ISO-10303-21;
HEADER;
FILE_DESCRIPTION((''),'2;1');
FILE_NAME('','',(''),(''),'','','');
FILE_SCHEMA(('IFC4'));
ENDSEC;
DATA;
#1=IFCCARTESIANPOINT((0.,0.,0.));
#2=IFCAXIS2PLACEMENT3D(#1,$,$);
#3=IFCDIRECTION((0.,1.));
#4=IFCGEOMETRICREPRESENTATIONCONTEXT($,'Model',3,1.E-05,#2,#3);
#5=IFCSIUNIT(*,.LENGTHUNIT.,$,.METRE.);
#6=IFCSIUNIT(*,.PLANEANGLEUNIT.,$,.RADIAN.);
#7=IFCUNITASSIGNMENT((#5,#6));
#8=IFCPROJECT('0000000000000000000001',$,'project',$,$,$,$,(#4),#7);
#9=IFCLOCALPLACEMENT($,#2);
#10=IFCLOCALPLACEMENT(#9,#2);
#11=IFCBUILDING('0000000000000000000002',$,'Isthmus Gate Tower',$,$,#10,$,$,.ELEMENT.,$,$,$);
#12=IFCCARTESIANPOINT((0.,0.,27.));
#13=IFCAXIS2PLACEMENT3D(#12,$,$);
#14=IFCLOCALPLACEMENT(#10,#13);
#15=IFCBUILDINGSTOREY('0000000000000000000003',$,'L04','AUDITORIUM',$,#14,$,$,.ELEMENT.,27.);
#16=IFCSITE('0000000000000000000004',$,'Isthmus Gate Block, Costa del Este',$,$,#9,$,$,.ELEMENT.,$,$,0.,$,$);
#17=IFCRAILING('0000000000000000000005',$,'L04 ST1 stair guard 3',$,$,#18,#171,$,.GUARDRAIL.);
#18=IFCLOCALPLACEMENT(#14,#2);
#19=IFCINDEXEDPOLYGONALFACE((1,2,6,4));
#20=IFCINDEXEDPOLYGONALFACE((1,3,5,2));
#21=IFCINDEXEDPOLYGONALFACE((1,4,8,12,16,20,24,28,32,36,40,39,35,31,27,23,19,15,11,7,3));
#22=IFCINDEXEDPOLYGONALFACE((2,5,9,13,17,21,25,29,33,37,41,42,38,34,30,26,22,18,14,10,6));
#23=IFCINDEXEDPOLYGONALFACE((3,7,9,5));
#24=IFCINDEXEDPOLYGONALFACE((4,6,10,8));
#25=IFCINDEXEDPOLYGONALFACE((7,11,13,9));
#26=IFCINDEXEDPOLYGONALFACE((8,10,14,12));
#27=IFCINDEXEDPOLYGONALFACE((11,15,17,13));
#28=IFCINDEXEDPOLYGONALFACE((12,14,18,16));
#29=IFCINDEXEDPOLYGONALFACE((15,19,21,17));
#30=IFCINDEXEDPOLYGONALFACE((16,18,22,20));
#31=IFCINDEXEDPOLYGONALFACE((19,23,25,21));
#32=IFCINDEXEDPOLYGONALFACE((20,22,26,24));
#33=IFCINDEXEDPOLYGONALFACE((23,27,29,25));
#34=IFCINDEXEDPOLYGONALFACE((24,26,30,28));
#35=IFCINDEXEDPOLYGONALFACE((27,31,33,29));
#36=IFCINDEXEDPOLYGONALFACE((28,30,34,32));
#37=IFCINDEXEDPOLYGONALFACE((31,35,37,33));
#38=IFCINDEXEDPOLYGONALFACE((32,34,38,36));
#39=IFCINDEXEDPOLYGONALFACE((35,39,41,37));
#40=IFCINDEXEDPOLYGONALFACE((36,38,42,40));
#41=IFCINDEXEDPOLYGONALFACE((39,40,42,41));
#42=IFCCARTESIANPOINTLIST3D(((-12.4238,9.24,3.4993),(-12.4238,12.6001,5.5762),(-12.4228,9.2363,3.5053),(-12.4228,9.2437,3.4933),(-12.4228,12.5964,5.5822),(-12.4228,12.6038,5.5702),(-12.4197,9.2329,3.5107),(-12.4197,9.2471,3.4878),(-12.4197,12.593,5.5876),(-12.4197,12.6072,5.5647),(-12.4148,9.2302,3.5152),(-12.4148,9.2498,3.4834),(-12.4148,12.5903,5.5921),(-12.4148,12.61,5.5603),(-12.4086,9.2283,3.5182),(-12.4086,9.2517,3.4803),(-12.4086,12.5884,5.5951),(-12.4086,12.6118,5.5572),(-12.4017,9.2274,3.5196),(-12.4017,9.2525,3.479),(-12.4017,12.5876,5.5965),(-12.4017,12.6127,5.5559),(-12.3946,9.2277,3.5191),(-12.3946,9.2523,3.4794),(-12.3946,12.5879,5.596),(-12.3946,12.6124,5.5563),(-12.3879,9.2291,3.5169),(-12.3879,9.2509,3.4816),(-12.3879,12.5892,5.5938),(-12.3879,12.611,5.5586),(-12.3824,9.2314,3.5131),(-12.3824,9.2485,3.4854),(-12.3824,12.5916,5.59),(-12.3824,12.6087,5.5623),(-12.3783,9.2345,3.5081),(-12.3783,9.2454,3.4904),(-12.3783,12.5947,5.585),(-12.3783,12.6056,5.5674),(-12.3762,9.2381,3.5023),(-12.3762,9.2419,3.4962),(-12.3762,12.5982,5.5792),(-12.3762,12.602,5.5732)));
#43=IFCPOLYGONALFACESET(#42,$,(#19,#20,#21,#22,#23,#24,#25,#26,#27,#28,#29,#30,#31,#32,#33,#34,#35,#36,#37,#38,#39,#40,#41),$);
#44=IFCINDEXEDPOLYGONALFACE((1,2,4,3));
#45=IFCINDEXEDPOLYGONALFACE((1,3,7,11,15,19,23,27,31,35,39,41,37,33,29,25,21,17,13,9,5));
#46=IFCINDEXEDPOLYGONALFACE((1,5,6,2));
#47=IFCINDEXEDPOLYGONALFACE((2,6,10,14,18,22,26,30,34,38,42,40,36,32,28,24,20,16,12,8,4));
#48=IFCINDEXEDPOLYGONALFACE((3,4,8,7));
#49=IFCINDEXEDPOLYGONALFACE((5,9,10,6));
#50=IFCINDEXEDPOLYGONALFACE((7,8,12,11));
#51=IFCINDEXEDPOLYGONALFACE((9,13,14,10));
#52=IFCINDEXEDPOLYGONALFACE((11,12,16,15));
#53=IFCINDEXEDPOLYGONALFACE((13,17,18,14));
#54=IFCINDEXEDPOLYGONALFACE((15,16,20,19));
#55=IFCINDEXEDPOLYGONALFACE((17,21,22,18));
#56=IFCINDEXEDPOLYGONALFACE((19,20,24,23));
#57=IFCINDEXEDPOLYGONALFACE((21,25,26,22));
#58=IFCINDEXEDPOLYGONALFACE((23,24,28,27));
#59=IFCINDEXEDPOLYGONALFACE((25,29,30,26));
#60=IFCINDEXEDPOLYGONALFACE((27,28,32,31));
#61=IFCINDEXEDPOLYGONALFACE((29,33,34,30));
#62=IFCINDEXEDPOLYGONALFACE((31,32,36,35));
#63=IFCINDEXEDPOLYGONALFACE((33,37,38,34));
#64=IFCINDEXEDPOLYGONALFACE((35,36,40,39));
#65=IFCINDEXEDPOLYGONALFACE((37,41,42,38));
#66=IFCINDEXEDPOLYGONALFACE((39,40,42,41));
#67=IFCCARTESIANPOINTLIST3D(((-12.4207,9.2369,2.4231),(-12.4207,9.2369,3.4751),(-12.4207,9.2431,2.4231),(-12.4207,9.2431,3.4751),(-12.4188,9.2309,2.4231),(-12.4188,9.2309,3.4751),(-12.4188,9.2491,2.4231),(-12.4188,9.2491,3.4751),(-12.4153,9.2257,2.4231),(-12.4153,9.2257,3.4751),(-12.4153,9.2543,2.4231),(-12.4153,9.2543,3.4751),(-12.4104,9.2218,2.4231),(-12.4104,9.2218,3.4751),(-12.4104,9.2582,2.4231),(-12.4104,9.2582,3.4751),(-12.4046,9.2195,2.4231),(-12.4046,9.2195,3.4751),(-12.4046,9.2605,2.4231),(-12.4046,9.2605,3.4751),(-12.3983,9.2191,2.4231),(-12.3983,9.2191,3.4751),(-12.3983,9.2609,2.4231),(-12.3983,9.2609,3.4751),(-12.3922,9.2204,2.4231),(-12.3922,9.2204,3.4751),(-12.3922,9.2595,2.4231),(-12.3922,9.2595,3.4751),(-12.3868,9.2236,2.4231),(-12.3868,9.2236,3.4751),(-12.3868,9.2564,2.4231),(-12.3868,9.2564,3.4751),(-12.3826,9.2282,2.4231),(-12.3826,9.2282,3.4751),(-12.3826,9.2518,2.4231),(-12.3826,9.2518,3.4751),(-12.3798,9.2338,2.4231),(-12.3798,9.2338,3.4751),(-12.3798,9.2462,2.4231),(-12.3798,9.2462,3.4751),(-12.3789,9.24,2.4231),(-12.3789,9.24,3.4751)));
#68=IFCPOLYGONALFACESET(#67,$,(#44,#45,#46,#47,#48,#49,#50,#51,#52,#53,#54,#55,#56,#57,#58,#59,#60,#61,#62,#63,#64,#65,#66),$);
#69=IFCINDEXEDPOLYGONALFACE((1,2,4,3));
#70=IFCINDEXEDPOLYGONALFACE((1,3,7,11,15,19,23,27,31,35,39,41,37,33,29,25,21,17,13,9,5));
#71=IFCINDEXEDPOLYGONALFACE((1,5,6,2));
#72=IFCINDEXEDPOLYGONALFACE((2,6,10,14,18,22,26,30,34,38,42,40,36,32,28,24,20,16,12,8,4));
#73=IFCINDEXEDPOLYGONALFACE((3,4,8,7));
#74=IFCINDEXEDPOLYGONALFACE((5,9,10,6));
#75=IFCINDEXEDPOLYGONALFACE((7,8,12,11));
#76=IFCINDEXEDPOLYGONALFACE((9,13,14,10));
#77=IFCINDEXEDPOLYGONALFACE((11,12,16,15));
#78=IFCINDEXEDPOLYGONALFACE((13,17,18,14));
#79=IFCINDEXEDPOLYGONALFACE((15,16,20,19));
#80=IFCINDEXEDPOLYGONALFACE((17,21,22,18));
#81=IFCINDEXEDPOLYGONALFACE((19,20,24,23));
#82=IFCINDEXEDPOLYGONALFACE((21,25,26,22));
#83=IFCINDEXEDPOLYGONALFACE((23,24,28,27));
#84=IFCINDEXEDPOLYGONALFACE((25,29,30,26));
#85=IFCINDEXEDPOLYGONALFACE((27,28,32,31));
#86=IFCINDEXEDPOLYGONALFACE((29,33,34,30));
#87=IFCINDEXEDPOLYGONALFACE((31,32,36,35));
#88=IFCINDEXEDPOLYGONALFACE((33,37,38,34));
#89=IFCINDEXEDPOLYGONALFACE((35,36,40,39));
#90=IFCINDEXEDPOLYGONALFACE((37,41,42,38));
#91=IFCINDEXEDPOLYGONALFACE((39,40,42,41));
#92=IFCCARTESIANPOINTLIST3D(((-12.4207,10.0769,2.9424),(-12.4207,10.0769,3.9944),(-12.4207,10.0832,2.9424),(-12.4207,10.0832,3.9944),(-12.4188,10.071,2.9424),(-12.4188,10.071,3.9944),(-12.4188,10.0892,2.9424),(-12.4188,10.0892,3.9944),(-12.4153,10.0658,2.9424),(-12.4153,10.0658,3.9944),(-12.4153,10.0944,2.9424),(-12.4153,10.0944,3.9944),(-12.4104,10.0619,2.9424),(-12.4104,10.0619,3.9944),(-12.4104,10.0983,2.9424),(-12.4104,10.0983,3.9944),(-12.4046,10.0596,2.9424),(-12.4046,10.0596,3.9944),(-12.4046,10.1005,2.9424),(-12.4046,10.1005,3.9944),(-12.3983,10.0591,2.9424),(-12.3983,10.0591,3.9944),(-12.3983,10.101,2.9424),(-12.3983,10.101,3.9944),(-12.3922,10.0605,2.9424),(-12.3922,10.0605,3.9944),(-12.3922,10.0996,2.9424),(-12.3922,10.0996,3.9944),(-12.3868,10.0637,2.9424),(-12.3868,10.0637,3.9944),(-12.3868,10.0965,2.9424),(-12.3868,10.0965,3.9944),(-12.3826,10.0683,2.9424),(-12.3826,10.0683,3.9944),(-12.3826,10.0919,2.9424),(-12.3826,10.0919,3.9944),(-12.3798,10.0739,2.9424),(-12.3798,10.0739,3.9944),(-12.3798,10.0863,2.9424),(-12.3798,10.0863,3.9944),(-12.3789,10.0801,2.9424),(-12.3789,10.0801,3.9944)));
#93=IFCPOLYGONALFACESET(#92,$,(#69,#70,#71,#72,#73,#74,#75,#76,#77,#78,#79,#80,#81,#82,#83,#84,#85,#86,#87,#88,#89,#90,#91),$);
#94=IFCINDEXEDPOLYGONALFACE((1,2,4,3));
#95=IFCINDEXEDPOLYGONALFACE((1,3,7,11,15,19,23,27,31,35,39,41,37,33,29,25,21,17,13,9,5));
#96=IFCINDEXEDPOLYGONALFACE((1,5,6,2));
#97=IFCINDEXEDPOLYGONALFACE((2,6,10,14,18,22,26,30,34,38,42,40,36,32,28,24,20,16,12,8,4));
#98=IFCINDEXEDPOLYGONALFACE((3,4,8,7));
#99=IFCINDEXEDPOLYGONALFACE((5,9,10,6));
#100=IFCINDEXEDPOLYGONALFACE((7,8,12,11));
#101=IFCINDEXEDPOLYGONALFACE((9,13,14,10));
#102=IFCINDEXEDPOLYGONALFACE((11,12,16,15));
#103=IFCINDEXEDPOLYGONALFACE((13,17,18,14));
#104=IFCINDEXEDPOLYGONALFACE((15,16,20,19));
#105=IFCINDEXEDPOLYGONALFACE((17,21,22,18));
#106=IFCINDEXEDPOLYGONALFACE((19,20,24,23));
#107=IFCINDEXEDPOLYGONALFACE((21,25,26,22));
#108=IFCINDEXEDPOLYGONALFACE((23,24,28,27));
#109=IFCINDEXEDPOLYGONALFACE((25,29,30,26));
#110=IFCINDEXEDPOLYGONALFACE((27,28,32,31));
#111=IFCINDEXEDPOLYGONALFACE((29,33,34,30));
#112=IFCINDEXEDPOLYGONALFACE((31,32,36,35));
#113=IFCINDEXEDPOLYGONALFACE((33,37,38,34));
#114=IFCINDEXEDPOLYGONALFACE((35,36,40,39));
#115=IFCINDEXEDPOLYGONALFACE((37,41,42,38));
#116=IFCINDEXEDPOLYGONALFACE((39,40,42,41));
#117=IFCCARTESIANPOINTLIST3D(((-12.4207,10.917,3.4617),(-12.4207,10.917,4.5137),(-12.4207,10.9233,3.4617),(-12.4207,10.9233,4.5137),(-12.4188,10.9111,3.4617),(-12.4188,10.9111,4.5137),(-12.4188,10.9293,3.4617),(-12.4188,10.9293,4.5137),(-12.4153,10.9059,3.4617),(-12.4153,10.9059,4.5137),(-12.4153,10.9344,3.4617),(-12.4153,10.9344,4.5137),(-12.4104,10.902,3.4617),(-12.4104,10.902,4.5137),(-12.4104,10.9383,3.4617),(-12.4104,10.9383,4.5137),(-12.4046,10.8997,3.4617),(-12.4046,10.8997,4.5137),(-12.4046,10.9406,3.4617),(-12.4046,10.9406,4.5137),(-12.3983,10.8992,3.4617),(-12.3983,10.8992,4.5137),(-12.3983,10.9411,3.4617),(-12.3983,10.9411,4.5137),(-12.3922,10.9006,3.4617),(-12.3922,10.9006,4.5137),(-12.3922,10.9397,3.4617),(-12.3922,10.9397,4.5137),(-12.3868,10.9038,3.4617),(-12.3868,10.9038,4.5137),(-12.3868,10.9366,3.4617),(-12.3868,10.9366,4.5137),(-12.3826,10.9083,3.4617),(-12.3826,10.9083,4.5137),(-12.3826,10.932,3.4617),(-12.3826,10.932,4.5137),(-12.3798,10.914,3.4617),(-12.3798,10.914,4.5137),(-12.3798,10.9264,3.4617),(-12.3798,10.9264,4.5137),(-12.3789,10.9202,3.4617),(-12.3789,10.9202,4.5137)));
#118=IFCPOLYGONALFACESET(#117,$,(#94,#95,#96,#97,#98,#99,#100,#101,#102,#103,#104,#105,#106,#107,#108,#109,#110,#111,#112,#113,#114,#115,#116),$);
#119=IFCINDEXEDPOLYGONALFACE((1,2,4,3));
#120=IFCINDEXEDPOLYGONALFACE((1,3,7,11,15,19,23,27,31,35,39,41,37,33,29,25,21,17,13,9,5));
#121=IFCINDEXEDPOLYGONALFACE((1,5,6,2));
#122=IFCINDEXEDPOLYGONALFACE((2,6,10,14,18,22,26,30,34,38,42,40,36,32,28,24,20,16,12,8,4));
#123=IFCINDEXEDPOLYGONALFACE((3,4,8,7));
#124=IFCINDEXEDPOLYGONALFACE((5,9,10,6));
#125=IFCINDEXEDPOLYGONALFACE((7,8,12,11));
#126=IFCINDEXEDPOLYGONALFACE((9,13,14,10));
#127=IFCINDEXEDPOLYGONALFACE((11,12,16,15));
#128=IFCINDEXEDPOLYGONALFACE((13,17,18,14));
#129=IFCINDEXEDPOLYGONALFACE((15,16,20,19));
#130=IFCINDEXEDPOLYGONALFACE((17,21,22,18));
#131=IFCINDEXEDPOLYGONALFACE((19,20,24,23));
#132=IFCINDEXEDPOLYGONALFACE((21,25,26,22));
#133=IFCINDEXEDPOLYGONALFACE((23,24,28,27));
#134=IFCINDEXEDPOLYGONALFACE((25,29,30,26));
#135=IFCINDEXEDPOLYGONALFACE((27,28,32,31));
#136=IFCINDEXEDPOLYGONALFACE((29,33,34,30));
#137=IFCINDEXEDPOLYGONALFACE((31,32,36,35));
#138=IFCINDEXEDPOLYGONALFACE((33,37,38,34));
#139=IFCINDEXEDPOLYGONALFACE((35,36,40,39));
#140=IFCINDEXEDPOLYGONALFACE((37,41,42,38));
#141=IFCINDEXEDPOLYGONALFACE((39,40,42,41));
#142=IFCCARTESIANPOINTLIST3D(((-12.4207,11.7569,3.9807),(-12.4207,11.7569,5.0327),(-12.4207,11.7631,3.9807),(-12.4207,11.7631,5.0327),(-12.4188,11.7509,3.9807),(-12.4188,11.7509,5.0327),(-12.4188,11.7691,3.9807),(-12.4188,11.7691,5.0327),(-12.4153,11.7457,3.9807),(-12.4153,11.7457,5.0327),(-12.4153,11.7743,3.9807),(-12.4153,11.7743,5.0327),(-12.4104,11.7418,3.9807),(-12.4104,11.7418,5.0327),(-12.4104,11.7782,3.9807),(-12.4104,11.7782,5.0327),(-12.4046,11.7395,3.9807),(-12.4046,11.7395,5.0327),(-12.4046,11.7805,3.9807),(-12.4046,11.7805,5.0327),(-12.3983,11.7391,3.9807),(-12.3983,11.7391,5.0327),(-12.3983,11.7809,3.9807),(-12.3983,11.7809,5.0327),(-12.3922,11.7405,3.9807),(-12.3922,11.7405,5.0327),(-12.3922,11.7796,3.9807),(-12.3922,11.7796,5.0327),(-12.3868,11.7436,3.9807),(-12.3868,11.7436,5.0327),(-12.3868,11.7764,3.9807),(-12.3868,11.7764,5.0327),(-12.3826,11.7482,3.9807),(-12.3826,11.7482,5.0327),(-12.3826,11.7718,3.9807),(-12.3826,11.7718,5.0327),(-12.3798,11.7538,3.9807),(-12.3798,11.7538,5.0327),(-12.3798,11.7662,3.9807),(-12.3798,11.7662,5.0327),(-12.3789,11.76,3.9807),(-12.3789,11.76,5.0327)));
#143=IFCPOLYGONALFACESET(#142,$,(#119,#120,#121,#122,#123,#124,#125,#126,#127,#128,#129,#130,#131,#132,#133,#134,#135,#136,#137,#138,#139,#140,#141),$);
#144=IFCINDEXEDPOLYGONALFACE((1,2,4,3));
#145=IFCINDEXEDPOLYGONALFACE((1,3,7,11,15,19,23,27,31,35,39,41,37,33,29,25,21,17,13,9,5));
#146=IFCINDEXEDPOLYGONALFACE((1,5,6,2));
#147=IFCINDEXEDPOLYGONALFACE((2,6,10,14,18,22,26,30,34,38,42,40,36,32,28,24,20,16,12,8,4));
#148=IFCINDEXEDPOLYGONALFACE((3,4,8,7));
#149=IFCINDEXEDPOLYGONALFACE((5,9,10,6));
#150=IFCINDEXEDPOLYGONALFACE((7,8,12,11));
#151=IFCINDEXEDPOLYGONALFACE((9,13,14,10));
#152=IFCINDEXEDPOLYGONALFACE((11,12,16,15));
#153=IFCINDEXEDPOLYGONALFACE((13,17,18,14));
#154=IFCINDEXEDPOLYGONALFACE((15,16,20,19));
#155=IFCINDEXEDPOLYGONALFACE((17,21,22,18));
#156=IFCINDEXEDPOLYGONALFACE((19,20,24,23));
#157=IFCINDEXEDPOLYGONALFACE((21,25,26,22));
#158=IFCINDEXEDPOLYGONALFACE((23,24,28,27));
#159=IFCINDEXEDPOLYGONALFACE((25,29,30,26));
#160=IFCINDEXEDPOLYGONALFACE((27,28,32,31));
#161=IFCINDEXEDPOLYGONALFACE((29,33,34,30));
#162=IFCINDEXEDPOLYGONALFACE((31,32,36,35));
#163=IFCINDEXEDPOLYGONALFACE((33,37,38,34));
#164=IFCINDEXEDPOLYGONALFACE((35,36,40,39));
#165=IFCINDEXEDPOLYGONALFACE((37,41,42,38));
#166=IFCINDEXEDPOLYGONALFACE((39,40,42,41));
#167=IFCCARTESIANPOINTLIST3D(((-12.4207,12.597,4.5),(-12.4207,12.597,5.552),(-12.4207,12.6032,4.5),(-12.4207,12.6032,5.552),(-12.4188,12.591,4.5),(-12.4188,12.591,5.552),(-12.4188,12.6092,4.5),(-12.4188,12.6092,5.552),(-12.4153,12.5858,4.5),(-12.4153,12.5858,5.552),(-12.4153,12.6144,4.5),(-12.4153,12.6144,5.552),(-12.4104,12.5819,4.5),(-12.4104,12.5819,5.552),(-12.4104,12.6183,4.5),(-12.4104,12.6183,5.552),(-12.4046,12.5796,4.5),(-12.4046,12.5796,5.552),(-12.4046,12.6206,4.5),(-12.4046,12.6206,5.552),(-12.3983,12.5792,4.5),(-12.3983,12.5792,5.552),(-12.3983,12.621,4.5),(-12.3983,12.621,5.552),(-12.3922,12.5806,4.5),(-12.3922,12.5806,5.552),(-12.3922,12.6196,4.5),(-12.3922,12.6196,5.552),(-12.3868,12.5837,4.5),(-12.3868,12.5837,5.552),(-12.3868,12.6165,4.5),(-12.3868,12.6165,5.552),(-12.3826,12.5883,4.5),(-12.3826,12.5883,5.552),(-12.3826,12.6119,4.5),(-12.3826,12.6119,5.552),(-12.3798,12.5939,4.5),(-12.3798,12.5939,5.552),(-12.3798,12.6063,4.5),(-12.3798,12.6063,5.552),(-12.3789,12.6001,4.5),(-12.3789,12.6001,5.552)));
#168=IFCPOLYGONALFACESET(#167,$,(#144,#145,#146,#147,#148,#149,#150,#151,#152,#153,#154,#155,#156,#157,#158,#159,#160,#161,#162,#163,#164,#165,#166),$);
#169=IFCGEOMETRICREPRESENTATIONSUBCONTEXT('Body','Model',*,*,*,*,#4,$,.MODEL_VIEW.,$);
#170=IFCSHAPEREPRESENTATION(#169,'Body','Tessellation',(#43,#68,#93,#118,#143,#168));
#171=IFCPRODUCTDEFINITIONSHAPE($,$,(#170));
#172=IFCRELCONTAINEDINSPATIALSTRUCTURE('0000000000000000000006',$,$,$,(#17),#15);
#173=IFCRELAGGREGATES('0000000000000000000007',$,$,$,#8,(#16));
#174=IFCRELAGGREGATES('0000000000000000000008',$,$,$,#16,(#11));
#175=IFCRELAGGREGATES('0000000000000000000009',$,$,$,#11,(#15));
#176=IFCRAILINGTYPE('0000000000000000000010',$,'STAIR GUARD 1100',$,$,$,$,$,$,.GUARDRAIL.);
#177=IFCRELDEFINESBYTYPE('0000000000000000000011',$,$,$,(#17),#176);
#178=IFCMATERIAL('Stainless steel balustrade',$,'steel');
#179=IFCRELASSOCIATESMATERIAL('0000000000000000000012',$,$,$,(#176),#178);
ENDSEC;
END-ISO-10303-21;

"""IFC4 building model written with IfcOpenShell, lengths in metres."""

from ifc_helpers import new_model, si_unit, direction, frame, origin, origin_2d, place, context, subcontext, project, spatial, circle, extrude, material, type_object, element, save


model = new_model("IFC4")

# Units and contexts
model_context = context("Model", 3, precision=1e-05, world=origin(), true_north=direction((0.0, 1.0)))
body_context = subcontext(model_context, "Body", "Model", "MODEL_VIEW")
ifc_project = project(units=[si_unit("LENGTHUNIT", "METRE"), si_unit("PLANEANGLEUNIT", "RADIAN")], contexts=[model_context])

# Site, building, storey
site_placement = place(None, origin())
site = spatial("IfcSite", under=ifc_project, at=site_placement, Name="Isthmus Gate Block, Costa del Este", CompositionType="ELEMENT", RefElevation=0.0)
building_placement = place(site_placement, origin())
building = spatial("IfcBuilding", under=site, at=building_placement, Name="Isthmus Gate Tower", CompositionType="ELEMENT")
storey_placement = place(building_placement, frame((0.0, 0.0, 27.0)))
storey = spatial("IfcBuildingStorey", under=building, at=storey_placement, Name="L04", Description="AUDITORIUM", CompositionType="ELEMENT", Elevation=27.0)

# Railing
ifc_material_1 = material(Name="Stainless steel balustrade", Category="steel")
railing_type_1 = type_object("IfcRailingType", Name="STAIR GUARD 1100", PredefinedType="GUARDRAIL", material=ifc_material_1)
railing_1_placement = place(storey_placement, frame((-12.3999, 9.24, 2.4231)))
element("IfcRailing", 1, at=railing_1_placement, inside=storey, type_object=railing_type_1, Name="L04 ST1 stair guard 3", PredefinedType="GUARDRAIL", context=body_context, shape_type="SweptSolid", body=[
    extrude(circle(Radius=0.0239, at=origin_2d()), frame((0.0, 0.0, 1.0762), z_axis=(0.0, 0.850623, 0.525776), x_axis=(-1.0, 0.0, 0.0)), (0.0, 0.0, 1.0), 3.9502),
    extrude(circle(Radius=0.021, at=origin_2d()), origin(), (0.0, 0.0, 1.0), 1.052),
    extrude(circle(Radius=0.021, at=origin_2d()), frame((0.0, 0.8401, 0.5193)), (0.0, 0.0, 1.0), 1.052),
    extrude(circle(Radius=0.021, at=origin_2d()), frame((0.0, 1.6802, 1.0386)), (0.0, 0.0, 1.0), 1.052),
    extrude(circle(Radius=0.021, at=origin_2d()), frame((0.0, 2.52, 1.5576)), (0.0, 0.0, 1.0), 1.052),
    extrude(circle(Radius=0.021, at=origin_2d()), frame((0.0, 3.3601, 2.0769)), (0.0, 0.0, 1.0), 1.052),
])

save(model, "model.ifc")
